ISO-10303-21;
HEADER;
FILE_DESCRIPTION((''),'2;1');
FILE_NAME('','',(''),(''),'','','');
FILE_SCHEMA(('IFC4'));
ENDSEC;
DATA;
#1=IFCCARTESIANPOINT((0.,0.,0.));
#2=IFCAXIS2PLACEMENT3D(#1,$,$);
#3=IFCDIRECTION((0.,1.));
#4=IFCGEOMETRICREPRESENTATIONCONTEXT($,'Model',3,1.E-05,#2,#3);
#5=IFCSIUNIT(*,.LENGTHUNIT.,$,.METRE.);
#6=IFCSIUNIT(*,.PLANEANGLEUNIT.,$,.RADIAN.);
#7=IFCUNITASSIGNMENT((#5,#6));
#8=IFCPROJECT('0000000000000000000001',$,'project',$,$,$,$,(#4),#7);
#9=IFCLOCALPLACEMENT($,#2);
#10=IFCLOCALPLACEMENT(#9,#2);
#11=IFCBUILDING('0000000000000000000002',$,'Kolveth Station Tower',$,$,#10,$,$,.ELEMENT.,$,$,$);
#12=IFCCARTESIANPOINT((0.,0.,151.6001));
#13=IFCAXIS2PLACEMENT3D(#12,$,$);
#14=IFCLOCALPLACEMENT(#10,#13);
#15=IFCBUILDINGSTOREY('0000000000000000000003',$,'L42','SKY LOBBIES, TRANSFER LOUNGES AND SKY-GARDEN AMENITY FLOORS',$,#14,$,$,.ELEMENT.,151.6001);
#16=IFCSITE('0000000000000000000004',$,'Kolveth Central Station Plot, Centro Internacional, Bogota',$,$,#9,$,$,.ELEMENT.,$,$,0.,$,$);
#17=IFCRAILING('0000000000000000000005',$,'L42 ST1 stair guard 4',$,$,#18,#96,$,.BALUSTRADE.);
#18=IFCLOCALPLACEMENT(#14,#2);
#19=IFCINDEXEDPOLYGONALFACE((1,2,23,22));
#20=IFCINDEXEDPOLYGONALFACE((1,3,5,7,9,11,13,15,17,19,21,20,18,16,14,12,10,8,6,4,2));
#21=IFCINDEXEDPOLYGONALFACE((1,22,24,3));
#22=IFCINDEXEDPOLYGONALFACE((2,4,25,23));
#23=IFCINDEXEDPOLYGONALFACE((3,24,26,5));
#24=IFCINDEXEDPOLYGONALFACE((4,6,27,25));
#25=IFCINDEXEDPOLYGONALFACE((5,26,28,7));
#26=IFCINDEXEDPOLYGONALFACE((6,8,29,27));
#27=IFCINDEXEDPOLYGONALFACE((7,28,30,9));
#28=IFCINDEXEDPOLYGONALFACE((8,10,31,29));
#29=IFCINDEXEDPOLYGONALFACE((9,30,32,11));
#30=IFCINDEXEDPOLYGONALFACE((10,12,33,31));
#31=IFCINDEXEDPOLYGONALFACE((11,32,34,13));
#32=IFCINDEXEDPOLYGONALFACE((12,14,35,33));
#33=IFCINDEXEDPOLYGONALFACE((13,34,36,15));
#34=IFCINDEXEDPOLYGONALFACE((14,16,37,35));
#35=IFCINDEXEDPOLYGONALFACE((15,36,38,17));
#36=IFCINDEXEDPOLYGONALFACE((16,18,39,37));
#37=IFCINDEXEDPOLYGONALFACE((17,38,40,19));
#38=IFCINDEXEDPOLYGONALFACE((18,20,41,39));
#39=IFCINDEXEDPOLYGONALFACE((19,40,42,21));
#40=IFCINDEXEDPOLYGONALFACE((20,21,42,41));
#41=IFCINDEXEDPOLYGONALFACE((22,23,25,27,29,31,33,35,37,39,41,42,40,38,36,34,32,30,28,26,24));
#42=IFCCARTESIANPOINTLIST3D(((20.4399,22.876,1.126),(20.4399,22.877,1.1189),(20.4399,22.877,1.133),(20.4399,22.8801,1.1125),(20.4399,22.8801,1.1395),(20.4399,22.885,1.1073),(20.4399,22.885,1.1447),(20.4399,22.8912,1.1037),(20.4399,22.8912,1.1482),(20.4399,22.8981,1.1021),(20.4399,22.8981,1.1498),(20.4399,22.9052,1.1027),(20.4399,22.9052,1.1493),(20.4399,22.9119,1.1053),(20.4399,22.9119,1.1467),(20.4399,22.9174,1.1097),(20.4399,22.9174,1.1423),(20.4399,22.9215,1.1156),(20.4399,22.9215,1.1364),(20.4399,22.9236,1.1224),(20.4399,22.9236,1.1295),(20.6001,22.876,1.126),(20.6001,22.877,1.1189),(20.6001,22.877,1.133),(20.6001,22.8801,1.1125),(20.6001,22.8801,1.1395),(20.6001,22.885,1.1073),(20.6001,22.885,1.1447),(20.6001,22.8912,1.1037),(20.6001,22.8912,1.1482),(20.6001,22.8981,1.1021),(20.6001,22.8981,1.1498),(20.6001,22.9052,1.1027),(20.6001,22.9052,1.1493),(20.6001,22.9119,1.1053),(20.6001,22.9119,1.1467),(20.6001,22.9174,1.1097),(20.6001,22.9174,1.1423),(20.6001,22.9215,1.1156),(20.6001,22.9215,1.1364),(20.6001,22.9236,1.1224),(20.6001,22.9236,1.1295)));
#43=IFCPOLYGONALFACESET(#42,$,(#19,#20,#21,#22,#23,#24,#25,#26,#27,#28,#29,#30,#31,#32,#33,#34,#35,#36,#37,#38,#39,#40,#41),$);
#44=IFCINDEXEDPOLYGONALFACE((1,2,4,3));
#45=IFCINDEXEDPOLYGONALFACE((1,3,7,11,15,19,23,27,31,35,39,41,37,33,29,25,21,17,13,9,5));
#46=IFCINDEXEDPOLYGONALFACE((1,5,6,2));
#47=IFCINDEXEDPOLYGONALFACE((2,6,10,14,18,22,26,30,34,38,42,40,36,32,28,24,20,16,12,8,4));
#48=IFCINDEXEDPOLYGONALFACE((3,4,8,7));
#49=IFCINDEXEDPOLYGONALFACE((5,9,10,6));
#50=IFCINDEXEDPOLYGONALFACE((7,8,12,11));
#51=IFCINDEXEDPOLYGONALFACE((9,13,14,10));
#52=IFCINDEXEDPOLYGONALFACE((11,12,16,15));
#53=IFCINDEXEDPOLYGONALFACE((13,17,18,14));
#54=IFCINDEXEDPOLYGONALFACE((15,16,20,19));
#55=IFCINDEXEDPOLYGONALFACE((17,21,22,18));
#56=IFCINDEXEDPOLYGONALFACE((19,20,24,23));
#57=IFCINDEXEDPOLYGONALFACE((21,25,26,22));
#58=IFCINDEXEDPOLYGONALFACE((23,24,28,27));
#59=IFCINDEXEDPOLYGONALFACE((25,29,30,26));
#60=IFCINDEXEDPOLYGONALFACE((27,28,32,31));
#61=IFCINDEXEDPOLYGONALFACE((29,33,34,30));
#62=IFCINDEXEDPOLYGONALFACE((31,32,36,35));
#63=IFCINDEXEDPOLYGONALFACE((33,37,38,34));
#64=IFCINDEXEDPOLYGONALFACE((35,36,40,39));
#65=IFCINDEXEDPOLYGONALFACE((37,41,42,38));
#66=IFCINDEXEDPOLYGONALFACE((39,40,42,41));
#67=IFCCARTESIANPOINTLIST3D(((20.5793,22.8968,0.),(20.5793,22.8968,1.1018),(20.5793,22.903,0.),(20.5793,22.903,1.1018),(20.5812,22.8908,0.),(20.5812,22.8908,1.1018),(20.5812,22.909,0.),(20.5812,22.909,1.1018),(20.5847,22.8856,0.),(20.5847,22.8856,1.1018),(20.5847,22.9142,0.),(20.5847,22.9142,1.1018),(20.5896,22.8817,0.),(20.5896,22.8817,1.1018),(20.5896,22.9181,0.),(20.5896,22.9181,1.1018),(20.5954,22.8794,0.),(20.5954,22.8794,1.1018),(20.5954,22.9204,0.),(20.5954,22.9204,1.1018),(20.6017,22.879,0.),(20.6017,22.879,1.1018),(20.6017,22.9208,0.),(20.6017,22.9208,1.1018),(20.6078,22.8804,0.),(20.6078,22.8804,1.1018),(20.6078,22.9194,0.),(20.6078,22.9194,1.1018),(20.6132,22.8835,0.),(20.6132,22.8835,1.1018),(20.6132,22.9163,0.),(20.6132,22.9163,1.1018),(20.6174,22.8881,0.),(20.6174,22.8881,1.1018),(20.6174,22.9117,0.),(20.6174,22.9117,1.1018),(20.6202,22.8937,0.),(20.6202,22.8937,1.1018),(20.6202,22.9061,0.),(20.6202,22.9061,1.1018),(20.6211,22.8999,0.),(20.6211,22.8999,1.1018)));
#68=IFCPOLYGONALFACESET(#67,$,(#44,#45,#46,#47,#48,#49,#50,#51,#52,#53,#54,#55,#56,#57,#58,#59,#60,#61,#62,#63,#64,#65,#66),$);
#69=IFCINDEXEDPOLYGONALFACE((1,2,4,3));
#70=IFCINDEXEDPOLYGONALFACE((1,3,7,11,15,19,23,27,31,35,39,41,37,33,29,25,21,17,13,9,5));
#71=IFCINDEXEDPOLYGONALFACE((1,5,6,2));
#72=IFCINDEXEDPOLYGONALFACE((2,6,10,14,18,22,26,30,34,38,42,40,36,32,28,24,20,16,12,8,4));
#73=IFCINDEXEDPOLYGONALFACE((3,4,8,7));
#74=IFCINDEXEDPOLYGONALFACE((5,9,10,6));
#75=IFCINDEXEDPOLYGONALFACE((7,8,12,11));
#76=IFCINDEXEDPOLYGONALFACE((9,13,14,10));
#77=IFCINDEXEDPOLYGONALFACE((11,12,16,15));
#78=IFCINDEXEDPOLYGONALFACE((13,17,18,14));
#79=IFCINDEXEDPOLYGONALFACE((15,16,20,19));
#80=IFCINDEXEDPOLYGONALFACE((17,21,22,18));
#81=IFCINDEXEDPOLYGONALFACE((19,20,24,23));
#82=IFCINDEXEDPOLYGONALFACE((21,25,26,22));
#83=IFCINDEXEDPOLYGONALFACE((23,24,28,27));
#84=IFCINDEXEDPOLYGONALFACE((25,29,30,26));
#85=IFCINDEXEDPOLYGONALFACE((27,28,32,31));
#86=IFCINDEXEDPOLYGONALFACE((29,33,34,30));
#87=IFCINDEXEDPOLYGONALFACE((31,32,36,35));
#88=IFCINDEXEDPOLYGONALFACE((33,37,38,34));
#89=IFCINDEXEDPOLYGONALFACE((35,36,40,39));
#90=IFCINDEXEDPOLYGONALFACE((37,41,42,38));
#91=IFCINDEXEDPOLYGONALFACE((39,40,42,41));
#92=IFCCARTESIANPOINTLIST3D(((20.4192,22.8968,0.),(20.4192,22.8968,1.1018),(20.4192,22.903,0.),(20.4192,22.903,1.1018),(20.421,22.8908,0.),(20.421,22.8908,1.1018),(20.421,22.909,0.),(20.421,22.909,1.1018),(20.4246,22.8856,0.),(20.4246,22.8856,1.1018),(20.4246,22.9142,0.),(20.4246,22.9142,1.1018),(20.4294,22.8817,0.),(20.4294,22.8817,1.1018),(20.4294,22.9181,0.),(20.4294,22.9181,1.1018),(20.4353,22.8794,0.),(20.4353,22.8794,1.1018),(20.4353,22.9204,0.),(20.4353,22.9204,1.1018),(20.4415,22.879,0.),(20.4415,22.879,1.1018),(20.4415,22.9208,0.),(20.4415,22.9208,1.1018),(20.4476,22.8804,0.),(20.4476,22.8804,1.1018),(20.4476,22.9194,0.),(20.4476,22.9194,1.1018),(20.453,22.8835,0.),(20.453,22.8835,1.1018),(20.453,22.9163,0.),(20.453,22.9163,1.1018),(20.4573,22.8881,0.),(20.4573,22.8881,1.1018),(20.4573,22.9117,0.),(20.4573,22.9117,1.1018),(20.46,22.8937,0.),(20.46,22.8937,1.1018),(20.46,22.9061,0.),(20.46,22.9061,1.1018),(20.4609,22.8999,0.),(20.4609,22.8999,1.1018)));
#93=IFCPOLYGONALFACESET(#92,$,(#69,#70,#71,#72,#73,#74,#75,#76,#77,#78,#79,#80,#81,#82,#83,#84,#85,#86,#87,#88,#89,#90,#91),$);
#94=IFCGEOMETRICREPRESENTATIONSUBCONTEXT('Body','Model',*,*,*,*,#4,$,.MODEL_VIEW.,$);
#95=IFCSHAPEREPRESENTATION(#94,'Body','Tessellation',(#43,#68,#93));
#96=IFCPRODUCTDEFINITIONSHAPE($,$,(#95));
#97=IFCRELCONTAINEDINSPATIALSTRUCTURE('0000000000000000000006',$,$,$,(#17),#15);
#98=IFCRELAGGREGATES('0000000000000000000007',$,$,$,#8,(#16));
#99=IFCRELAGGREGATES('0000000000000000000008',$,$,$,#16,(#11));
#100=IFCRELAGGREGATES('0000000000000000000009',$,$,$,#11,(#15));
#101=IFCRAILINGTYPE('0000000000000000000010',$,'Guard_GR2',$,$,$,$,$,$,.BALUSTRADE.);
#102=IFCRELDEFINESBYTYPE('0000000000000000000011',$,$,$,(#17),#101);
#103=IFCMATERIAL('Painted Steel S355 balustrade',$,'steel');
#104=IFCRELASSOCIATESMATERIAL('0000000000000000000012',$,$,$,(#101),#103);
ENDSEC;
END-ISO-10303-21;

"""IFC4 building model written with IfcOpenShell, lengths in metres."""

from ifc_helpers import new_model, si_unit, direction, frame, origin, origin_2d, place, context, subcontext, project, spatial, circle, extrude, material, type_object, element, save


model = new_model("IFC4")

# Units and contexts
model_context = context("Model", 3, precision=1e-05, world=origin(), true_north=direction((0.0, 1.0)))
body_context = subcontext(model_context, "Body", "Model", "MODEL_VIEW")
ifc_project = project(units=[si_unit("LENGTHUNIT", "METRE"), si_unit("PLANEANGLEUNIT", "RADIAN")], contexts=[model_context])

# Site, building, storey
site_placement = place(None, origin())
site = spatial("IfcSite", under=ifc_project, at=site_placement, Name="Kolveth Central Station Plot, Centro Internacional, Bogota", CompositionType="ELEMENT", RefElevation=0.0)
building_placement = place(site_placement, origin())
building = spatial("IfcBuilding", under=site, at=building_placement, Name="Kolveth Station Tower", CompositionType="ELEMENT")
storey_placement = place(building_placement, frame((0.0, 0.0, 151.6001)))
storey = spatial("IfcBuildingStorey", under=building, at=storey_placement, Name="L42", Description="SKY LOBBIES, TRANSFER LOUNGES AND SKY-GARDEN AMENITY FLOORS", CompositionType="ELEMENT", Elevation=151.6001)

# Railing
ifc_material_1 = material(Name="Painted Steel S355 balustrade", Category="steel")
railing_type_1 = type_object("IfcRailingType", Name="Guard_GR2", PredefinedType="BALUSTRADE", material=ifc_material_1)
railing_1_placement = place(storey_placement, frame((20.6001, 22.8999, 0.0)))
element("IfcRailing", 1, at=railing_1_placement, inside=storey, type_object=railing_type_1, Name="L42 ST1 stair guard 4", PredefinedType="BALUSTRADE", context=body_context, shape_type="SweptSolid", body=[
    extrude(circle(Radius=0.0239, at=origin_2d()), frame((0.0, 0.0, 1.126), z_axis=(-1.0, 0.0, 0.0), x_axis=(0.0, -1.0, 0.0)), (0.0, 0.0, 1.0), 0.1602),
    extrude(circle(Radius=0.021, at=origin_2d()), origin(), (0.0, 0.0, 1.0), 1.1018),
    extrude(circle(Radius=0.021, at=origin_2d()), frame((-0.1602, 0.0, 0.0)), (0.0, 0.0, 1.0), 1.1018),
])

save(model, "model.ifc")
